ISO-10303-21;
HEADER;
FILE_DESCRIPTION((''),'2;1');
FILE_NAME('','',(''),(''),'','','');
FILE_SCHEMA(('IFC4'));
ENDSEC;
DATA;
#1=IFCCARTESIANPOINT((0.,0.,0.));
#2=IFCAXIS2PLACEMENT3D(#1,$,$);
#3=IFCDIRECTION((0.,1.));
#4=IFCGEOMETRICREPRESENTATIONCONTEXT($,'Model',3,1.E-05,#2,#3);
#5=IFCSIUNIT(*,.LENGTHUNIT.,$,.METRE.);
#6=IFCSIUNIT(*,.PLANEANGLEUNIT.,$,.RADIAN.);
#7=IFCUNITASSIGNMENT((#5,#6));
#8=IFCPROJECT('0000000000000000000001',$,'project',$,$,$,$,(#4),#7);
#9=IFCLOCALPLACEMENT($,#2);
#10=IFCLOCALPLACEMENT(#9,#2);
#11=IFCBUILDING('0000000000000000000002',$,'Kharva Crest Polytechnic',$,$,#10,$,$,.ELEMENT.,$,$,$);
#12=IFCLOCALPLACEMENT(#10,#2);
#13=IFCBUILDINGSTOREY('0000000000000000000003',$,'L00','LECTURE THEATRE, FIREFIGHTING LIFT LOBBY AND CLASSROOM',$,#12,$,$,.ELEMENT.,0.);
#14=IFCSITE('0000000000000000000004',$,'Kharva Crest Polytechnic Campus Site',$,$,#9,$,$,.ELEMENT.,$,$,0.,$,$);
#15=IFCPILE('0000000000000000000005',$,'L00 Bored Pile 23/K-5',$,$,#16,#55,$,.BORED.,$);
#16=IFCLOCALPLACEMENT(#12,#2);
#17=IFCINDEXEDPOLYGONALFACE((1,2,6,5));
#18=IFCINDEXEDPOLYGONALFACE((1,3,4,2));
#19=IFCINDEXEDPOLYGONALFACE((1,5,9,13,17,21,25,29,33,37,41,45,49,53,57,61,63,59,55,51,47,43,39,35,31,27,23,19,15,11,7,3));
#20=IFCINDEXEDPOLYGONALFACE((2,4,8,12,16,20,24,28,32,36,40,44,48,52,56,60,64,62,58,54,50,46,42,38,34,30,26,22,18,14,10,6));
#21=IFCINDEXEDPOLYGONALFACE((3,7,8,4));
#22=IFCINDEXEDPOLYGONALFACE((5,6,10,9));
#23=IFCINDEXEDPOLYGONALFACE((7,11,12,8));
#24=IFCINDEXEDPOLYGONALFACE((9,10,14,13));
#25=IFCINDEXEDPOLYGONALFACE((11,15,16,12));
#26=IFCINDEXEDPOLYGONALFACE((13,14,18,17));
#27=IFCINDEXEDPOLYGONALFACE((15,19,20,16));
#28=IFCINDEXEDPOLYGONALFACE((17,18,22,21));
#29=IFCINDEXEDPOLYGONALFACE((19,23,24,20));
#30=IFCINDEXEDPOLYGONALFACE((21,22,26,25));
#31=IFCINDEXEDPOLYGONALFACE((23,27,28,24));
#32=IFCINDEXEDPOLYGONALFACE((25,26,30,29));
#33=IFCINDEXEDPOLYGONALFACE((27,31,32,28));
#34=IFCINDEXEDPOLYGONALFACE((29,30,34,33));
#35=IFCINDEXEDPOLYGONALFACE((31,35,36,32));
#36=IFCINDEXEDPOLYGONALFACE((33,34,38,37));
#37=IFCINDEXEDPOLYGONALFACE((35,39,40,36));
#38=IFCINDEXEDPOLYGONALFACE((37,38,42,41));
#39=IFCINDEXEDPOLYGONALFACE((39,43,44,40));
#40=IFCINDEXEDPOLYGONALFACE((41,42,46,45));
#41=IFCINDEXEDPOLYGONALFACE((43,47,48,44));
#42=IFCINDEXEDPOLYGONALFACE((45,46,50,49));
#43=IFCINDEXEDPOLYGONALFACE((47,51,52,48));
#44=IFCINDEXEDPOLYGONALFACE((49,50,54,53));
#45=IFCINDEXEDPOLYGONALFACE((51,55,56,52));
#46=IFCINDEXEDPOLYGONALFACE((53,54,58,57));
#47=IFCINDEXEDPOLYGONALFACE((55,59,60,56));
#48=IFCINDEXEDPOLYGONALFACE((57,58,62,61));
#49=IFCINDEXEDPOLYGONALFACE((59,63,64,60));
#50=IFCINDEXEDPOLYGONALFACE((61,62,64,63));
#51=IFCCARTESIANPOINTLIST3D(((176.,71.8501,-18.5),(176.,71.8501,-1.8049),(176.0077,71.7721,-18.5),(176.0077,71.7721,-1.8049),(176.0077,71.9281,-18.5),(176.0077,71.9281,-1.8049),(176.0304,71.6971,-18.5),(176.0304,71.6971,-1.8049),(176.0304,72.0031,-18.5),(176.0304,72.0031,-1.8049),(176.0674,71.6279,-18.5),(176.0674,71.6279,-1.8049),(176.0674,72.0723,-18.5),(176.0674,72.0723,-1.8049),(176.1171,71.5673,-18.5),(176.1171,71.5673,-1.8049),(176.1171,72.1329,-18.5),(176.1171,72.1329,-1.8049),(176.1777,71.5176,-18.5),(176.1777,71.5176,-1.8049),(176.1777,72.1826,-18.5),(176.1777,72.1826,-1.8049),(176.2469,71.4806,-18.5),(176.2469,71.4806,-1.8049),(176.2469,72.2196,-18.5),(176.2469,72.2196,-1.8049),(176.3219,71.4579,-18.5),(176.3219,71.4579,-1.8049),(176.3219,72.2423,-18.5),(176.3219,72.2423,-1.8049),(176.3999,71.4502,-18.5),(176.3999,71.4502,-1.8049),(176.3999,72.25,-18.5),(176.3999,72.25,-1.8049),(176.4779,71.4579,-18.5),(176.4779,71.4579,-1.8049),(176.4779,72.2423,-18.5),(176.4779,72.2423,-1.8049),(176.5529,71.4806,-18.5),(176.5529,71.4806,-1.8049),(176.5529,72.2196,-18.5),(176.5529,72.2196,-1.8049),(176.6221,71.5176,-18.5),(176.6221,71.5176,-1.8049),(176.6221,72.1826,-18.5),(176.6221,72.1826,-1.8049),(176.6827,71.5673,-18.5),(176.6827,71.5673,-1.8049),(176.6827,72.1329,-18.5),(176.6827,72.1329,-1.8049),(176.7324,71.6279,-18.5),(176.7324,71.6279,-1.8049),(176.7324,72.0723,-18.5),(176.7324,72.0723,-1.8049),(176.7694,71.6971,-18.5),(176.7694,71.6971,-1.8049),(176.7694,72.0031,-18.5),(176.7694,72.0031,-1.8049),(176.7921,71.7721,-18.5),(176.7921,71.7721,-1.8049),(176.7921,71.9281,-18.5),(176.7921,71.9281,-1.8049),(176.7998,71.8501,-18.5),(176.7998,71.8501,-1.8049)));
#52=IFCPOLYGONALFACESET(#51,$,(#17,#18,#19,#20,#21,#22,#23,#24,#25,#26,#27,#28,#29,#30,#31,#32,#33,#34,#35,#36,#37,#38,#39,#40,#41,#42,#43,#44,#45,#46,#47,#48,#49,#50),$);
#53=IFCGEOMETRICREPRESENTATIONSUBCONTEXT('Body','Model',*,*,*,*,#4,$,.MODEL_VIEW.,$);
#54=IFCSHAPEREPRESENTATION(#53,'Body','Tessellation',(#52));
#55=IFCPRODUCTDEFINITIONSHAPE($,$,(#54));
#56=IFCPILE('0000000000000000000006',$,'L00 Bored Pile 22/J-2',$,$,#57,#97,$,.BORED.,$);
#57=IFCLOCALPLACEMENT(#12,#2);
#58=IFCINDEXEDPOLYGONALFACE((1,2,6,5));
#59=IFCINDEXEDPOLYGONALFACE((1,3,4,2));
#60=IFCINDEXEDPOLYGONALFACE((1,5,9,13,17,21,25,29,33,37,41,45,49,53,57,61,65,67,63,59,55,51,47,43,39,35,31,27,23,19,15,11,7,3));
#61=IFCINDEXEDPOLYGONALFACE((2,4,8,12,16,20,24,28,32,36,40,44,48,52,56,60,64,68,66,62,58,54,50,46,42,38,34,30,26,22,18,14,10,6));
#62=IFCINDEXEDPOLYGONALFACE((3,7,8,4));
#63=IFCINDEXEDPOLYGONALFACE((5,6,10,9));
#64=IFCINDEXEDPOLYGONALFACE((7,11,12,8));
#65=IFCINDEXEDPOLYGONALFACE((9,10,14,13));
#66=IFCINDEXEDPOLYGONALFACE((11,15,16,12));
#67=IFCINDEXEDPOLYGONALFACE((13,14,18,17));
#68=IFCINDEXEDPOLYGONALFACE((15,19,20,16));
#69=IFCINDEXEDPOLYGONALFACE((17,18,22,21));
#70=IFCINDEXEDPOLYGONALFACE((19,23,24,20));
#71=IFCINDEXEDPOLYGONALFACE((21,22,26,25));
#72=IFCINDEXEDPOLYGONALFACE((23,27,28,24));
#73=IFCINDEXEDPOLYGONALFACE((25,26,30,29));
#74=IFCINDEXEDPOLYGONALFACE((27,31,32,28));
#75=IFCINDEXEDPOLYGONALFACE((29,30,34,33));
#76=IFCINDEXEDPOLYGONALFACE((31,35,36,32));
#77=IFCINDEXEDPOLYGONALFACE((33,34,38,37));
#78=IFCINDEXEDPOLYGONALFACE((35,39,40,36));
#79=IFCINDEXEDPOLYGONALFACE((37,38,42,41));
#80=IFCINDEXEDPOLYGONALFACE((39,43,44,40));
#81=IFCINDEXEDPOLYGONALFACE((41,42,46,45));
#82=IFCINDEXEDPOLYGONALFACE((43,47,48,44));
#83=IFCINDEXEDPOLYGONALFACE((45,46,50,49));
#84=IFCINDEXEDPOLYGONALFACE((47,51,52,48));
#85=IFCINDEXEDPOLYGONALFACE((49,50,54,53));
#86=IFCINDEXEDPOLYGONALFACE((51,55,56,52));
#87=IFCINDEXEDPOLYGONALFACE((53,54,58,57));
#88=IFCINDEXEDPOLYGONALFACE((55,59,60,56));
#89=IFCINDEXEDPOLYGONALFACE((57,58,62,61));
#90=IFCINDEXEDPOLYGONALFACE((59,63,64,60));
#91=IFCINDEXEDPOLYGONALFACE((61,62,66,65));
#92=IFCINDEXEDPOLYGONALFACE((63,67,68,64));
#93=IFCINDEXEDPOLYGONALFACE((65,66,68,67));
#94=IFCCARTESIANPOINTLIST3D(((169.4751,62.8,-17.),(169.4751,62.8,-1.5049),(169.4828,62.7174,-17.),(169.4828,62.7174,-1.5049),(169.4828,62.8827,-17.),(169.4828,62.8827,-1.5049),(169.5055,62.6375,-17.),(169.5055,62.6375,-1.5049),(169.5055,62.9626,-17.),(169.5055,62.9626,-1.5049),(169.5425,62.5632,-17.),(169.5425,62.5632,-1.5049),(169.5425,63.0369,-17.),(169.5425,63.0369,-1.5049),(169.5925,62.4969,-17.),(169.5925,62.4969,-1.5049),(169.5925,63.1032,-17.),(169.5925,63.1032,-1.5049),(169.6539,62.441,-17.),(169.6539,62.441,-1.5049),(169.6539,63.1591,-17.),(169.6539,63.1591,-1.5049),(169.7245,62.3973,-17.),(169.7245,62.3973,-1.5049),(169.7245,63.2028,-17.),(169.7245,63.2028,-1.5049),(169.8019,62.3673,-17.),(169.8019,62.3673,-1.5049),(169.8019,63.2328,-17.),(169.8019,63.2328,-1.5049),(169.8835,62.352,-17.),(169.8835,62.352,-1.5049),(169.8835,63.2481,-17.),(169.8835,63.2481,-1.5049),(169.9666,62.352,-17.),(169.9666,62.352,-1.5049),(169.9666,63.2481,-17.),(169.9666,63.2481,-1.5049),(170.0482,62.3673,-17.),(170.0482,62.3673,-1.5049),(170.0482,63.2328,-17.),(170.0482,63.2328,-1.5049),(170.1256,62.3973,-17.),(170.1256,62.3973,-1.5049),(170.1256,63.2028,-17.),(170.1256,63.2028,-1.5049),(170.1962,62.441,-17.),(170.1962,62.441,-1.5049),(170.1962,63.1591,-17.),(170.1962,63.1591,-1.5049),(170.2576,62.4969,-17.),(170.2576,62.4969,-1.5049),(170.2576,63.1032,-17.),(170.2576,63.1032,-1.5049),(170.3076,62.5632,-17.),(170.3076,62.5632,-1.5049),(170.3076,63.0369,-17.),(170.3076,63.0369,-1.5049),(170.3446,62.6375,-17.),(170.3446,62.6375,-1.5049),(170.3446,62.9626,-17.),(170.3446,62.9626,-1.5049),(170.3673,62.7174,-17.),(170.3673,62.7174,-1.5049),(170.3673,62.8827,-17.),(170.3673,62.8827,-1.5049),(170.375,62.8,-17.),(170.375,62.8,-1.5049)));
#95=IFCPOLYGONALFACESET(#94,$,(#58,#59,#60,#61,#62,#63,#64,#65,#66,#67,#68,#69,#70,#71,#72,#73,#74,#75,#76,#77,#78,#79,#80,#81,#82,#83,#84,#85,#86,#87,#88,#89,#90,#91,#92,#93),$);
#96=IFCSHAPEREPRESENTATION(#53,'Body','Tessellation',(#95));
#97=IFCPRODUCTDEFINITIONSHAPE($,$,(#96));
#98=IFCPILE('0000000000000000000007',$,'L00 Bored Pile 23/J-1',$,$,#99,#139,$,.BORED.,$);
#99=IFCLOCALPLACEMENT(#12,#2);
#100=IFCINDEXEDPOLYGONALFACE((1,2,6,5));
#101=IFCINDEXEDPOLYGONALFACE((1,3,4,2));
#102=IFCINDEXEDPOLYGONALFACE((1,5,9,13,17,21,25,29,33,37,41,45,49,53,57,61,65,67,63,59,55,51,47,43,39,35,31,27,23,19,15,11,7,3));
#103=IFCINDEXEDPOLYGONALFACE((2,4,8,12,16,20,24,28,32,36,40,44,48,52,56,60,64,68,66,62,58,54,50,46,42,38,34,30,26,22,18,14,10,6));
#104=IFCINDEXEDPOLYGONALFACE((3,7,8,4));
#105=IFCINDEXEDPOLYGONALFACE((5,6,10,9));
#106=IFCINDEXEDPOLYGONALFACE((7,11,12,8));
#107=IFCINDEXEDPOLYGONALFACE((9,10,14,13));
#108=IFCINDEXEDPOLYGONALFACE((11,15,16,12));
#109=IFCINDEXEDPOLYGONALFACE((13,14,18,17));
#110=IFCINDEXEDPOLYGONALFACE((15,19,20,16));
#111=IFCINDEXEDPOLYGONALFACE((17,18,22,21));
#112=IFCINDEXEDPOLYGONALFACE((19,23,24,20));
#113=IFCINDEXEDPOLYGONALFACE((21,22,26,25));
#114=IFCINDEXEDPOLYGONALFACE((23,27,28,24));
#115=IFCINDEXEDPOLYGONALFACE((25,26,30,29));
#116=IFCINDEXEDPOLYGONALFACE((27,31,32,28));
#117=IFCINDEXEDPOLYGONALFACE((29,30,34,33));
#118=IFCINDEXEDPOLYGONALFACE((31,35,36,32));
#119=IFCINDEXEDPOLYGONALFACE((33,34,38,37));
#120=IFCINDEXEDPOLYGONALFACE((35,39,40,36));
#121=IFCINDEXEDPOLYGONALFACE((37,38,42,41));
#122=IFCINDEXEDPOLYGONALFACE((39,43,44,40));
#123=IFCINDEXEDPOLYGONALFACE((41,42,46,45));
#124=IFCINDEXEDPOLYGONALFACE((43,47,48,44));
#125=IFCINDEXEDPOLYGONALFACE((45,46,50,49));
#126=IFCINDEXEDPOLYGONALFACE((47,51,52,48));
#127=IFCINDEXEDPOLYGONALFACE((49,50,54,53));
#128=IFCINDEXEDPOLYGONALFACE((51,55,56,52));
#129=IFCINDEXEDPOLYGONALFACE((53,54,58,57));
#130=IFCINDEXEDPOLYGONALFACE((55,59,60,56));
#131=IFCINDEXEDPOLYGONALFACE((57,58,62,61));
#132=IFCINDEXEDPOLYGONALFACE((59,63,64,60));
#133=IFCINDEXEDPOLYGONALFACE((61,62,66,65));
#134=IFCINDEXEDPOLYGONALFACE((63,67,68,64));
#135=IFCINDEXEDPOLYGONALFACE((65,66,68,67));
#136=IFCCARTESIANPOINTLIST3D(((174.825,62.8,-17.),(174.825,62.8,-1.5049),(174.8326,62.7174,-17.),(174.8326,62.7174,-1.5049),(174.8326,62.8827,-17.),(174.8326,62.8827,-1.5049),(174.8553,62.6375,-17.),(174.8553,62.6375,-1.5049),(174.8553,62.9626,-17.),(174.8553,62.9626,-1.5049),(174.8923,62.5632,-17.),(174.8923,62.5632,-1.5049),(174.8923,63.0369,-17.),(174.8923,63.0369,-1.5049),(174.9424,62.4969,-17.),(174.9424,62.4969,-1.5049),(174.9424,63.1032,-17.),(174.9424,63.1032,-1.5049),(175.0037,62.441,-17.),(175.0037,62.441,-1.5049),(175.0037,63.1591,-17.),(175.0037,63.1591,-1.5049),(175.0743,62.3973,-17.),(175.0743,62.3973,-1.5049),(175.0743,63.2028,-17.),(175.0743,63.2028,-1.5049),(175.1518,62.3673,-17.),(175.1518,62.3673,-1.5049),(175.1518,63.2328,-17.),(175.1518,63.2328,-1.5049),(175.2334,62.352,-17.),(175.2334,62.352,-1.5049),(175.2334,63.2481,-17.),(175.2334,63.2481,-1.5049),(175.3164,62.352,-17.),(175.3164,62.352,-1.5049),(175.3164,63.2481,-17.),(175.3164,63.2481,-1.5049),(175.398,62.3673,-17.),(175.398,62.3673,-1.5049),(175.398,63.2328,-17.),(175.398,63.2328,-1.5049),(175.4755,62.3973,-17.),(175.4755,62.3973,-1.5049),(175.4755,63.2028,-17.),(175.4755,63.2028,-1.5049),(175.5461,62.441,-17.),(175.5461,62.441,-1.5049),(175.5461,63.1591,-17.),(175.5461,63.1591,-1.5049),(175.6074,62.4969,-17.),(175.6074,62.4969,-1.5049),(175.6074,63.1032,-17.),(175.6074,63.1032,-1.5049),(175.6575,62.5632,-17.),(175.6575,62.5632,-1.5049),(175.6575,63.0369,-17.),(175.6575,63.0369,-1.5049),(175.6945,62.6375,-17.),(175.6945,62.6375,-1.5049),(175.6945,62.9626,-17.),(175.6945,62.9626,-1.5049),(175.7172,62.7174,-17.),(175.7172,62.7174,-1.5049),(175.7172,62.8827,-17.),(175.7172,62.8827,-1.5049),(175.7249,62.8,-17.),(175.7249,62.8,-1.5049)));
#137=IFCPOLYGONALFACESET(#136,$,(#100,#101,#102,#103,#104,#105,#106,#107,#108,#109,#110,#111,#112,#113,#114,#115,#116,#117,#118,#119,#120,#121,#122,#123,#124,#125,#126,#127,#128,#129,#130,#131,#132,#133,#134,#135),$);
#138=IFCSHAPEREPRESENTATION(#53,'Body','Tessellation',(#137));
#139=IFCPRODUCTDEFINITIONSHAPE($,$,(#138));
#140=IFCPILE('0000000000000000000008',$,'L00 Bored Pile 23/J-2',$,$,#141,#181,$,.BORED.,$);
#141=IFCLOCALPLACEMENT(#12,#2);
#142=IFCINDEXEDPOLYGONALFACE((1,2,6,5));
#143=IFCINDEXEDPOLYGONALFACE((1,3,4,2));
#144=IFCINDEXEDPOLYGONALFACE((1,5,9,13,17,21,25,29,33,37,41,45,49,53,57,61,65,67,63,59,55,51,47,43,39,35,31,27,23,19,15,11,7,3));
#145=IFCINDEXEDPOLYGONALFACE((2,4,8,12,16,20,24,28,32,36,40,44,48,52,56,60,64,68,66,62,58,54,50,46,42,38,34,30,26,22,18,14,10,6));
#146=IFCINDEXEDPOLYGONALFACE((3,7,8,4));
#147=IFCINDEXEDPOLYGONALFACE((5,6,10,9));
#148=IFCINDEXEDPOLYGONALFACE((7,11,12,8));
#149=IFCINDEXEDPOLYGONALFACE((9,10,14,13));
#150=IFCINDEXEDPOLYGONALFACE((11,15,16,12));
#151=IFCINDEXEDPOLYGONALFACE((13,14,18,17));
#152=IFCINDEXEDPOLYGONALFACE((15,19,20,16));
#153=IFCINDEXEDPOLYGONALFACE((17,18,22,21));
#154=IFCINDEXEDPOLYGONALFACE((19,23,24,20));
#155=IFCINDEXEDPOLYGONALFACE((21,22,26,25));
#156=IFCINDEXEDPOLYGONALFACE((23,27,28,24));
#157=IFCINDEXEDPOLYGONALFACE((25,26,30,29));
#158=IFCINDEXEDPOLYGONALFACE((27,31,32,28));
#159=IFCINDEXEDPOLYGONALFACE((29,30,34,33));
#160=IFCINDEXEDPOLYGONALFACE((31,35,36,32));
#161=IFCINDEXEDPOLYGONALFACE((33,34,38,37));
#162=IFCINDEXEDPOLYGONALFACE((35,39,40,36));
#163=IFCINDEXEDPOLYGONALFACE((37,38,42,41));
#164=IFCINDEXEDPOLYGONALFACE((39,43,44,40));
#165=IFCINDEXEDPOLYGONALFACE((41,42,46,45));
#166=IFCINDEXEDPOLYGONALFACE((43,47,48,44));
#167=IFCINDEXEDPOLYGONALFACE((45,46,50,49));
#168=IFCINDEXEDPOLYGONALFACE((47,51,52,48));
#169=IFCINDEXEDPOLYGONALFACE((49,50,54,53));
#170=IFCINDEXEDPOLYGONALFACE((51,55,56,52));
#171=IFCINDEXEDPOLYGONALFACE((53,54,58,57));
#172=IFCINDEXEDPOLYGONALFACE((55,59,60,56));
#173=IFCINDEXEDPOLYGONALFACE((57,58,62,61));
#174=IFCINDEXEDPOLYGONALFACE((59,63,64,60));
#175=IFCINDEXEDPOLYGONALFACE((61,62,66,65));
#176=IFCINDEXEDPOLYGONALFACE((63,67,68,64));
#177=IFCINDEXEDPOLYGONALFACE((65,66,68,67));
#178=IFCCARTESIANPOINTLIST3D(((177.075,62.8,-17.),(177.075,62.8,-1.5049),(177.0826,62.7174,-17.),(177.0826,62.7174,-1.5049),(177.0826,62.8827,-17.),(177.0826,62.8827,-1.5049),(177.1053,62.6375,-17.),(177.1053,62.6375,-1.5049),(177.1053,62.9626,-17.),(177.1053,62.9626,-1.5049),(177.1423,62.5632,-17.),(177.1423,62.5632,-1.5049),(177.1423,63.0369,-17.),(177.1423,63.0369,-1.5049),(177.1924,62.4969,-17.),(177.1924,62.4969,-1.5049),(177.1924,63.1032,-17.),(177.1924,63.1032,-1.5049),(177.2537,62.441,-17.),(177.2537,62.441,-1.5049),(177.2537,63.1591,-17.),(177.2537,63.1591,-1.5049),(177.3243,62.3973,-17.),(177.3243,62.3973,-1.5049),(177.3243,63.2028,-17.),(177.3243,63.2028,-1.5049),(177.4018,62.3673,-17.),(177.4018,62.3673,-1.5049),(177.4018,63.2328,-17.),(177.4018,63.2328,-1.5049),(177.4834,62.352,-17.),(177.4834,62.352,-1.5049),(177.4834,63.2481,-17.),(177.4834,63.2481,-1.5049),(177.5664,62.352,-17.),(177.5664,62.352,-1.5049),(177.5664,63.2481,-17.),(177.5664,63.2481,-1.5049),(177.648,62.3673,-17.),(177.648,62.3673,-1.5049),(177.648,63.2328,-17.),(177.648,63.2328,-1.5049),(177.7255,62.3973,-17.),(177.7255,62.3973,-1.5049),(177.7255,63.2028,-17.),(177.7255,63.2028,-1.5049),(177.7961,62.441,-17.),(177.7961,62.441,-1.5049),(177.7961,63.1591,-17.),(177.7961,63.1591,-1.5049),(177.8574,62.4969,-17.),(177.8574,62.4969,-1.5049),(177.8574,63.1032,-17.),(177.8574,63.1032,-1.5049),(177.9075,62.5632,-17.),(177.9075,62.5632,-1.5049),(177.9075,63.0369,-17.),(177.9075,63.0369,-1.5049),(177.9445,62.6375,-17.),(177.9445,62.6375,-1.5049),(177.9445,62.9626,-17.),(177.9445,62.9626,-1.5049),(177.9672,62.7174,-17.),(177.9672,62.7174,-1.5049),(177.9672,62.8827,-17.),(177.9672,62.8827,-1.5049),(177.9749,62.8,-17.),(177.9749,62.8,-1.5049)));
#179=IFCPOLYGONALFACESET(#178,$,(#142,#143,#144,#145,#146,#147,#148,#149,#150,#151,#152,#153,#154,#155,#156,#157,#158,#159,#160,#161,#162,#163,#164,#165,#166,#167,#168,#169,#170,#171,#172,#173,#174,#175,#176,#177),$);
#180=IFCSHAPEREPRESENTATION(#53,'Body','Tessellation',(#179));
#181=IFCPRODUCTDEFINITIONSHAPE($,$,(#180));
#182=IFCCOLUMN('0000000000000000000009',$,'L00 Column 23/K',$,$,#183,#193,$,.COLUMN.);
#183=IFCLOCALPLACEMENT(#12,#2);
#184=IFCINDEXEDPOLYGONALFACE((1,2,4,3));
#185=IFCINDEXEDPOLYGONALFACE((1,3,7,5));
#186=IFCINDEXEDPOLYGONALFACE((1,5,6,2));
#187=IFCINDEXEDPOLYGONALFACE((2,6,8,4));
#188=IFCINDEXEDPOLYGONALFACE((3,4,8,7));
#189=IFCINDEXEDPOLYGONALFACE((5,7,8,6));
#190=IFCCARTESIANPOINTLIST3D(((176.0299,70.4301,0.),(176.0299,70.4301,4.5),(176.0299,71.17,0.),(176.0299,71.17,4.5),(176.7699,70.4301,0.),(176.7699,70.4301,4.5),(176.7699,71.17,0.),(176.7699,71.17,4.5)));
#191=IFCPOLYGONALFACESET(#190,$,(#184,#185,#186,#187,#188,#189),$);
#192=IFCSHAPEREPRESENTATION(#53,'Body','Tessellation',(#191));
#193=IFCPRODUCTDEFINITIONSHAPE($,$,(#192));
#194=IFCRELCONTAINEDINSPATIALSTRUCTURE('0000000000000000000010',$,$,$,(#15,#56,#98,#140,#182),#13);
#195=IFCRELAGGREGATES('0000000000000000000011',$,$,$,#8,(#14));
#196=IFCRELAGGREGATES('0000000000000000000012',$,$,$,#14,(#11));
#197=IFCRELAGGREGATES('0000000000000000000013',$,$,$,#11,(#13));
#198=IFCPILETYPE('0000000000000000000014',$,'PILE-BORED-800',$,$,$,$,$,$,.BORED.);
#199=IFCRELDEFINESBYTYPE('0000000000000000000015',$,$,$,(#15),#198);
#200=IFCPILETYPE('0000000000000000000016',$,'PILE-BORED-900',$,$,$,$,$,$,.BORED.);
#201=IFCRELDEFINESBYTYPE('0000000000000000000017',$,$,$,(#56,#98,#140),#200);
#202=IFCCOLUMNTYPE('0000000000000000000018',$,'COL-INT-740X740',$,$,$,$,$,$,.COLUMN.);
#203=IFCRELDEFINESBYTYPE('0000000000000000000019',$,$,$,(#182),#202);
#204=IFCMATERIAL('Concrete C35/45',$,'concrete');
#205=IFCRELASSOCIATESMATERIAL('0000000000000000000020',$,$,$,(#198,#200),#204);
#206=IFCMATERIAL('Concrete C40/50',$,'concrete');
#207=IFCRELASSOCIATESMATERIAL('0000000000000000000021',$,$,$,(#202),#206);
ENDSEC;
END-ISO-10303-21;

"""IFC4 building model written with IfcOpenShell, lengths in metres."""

from ifc_helpers import new_model, si_unit, direction, frame, origin, origin_2d, place, context, subcontext, project, spatial, rectangle, circle, extrude, material, material_profile, profile_set, type_object, element, save


model = new_model("IFC4")

# Units and contexts
model_context = context("Model", 3, precision=1e-05, world=origin(), true_north=direction((0.0, 1.0)))
body_context = subcontext(model_context, "Body", "Model", "MODEL_VIEW")
ifc_project = project(units=[si_unit("LENGTHUNIT", "METRE"), si_unit("PLANEANGLEUNIT", "RADIAN")], contexts=[model_context])

# Site, building, storey
site_placement = place(None, origin())
site = spatial("IfcSite", under=ifc_project, at=site_placement, Name="Kharva Crest Polytechnic Campus Site", CompositionType="ELEMENT", RefElevation=0.0)
building_placement = place(site_placement, origin())
building = spatial("IfcBuilding", under=site, at=building_placement, Name="Kharva Crest Polytechnic", CompositionType="ELEMENT")
storey_placement = place(building_placement, origin())
storey = spatial("IfcBuildingStorey", under=building, at=storey_placement, Name="L00", Description="LECTURE THEATRE, FIREFIGHTING LIFT LOBBY AND CLASSROOM", CompositionType="ELEMENT", Elevation=0.0)

# Shared definitions
ifc_material_1 = material(Name="Concrete C35/45", Category="concrete")

# Piles
ifc_material_profile_1 = material_profile(ifc_material_1, circle(Radius=0.3999, at=origin_2d()), Name="DIA 800")
ifc_profile_set_1 = profile_set([ifc_material_profile_1], Name="Concrete C35/45")
pile_type_1 = type_object("IfcPileType", Name="PILE-BORED-800", PredefinedType="BORED", material=ifc_profile_set_1)
for number, where, z_axis, x_axis, name in (
    (1, (176.3999, 71.8501, -1.8049), (0.0, 0.0, -1.0), (1.0, 0.0, 0.0), "L00 Bored Pile 23/K-5"),
):
    element("IfcPile", number, at=place(storey_placement, frame(where, z_axis=z_axis, x_axis=x_axis)), inside=storey, type_object=pile_type_1, Name=name, PredefinedType="BORED", context=body_context, shape_type="SweptSolid", body=[
        extrude(circle(Radius=0.3999, at=origin_2d()), origin(), (0.0, 0.0, 1.0), 16.6951),
    ])
ifc_material_profile_2 = material_profile(ifc_material_1, circle(Radius=0.45, at=origin_2d()), Name="DIA 900")
ifc_profile_set_2 = profile_set([ifc_material_profile_2], Name="Concrete C35/45")
pile_type_2 = type_object("IfcPileType", Name="PILE-BORED-900", PredefinedType="BORED", material=ifc_profile_set_2)
for number, where, z_axis, x_axis, name in (
    (2, (169.925, 62.8, -1.5049), (0.0, 0.0, -1.0), (1.0, 0.0, 0.0), "L00 Bored Pile 22/J-2"),
    (3, (175.2749, 62.8, -1.5049), (0.0, 0.0, -1.0), (1.0, 0.0, 0.0), "L00 Bored Pile 23/J-1"),
    (4, (177.5249, 62.8, -1.5049), (0.0, 0.0, -1.0), (1.0, 0.0, 0.0), "L00 Bored Pile 23/J-2"),
):
    element("IfcPile", number, at=place(storey_placement, frame(where, z_axis=z_axis, x_axis=x_axis)), inside=storey, type_object=pile_type_2, Name=name, PredefinedType="BORED", context=body_context, shape_type="SweptSolid", body=[
        extrude(circle(Radius=0.45, at=origin_2d()), origin(), (0.0, 0.0, 1.0), 15.4951),
    ])

# Column
ifc_material_2 = material(Name="Concrete C40/50", Category="concrete")
ifc_material_profile_3 = material_profile(ifc_material_2, rectangle(XDim=0.74, YDim=0.74, at=origin_2d()), Name="RECT 740 X 740")
ifc_profile_set_3 = profile_set([ifc_material_profile_3], Name="Concrete C40/50")
column_type_1 = type_object("IfcColumnType", Name="COL-INT-740X740", PredefinedType="COLUMN", material=ifc_profile_set_3)
column_placement = place(storey_placement, frame((176.3999, 70.8, 0.0), z_axis=(0.0, 0.0, 1.0), x_axis=(1.0, 0.0, 0.0)))
element("IfcColumn", 5, at=column_placement, inside=storey, type_object=column_type_1, Name="L00 Column 23/K", PredefinedType="COLUMN", context=body_context, shape_type="SweptSolid", body=[
    extrude(rectangle(XDim=0.74, YDim=0.74, at=origin_2d()), origin(), (0.0, 0.0, 1.0), 4.5),
])

save(model, "model.ifc")
